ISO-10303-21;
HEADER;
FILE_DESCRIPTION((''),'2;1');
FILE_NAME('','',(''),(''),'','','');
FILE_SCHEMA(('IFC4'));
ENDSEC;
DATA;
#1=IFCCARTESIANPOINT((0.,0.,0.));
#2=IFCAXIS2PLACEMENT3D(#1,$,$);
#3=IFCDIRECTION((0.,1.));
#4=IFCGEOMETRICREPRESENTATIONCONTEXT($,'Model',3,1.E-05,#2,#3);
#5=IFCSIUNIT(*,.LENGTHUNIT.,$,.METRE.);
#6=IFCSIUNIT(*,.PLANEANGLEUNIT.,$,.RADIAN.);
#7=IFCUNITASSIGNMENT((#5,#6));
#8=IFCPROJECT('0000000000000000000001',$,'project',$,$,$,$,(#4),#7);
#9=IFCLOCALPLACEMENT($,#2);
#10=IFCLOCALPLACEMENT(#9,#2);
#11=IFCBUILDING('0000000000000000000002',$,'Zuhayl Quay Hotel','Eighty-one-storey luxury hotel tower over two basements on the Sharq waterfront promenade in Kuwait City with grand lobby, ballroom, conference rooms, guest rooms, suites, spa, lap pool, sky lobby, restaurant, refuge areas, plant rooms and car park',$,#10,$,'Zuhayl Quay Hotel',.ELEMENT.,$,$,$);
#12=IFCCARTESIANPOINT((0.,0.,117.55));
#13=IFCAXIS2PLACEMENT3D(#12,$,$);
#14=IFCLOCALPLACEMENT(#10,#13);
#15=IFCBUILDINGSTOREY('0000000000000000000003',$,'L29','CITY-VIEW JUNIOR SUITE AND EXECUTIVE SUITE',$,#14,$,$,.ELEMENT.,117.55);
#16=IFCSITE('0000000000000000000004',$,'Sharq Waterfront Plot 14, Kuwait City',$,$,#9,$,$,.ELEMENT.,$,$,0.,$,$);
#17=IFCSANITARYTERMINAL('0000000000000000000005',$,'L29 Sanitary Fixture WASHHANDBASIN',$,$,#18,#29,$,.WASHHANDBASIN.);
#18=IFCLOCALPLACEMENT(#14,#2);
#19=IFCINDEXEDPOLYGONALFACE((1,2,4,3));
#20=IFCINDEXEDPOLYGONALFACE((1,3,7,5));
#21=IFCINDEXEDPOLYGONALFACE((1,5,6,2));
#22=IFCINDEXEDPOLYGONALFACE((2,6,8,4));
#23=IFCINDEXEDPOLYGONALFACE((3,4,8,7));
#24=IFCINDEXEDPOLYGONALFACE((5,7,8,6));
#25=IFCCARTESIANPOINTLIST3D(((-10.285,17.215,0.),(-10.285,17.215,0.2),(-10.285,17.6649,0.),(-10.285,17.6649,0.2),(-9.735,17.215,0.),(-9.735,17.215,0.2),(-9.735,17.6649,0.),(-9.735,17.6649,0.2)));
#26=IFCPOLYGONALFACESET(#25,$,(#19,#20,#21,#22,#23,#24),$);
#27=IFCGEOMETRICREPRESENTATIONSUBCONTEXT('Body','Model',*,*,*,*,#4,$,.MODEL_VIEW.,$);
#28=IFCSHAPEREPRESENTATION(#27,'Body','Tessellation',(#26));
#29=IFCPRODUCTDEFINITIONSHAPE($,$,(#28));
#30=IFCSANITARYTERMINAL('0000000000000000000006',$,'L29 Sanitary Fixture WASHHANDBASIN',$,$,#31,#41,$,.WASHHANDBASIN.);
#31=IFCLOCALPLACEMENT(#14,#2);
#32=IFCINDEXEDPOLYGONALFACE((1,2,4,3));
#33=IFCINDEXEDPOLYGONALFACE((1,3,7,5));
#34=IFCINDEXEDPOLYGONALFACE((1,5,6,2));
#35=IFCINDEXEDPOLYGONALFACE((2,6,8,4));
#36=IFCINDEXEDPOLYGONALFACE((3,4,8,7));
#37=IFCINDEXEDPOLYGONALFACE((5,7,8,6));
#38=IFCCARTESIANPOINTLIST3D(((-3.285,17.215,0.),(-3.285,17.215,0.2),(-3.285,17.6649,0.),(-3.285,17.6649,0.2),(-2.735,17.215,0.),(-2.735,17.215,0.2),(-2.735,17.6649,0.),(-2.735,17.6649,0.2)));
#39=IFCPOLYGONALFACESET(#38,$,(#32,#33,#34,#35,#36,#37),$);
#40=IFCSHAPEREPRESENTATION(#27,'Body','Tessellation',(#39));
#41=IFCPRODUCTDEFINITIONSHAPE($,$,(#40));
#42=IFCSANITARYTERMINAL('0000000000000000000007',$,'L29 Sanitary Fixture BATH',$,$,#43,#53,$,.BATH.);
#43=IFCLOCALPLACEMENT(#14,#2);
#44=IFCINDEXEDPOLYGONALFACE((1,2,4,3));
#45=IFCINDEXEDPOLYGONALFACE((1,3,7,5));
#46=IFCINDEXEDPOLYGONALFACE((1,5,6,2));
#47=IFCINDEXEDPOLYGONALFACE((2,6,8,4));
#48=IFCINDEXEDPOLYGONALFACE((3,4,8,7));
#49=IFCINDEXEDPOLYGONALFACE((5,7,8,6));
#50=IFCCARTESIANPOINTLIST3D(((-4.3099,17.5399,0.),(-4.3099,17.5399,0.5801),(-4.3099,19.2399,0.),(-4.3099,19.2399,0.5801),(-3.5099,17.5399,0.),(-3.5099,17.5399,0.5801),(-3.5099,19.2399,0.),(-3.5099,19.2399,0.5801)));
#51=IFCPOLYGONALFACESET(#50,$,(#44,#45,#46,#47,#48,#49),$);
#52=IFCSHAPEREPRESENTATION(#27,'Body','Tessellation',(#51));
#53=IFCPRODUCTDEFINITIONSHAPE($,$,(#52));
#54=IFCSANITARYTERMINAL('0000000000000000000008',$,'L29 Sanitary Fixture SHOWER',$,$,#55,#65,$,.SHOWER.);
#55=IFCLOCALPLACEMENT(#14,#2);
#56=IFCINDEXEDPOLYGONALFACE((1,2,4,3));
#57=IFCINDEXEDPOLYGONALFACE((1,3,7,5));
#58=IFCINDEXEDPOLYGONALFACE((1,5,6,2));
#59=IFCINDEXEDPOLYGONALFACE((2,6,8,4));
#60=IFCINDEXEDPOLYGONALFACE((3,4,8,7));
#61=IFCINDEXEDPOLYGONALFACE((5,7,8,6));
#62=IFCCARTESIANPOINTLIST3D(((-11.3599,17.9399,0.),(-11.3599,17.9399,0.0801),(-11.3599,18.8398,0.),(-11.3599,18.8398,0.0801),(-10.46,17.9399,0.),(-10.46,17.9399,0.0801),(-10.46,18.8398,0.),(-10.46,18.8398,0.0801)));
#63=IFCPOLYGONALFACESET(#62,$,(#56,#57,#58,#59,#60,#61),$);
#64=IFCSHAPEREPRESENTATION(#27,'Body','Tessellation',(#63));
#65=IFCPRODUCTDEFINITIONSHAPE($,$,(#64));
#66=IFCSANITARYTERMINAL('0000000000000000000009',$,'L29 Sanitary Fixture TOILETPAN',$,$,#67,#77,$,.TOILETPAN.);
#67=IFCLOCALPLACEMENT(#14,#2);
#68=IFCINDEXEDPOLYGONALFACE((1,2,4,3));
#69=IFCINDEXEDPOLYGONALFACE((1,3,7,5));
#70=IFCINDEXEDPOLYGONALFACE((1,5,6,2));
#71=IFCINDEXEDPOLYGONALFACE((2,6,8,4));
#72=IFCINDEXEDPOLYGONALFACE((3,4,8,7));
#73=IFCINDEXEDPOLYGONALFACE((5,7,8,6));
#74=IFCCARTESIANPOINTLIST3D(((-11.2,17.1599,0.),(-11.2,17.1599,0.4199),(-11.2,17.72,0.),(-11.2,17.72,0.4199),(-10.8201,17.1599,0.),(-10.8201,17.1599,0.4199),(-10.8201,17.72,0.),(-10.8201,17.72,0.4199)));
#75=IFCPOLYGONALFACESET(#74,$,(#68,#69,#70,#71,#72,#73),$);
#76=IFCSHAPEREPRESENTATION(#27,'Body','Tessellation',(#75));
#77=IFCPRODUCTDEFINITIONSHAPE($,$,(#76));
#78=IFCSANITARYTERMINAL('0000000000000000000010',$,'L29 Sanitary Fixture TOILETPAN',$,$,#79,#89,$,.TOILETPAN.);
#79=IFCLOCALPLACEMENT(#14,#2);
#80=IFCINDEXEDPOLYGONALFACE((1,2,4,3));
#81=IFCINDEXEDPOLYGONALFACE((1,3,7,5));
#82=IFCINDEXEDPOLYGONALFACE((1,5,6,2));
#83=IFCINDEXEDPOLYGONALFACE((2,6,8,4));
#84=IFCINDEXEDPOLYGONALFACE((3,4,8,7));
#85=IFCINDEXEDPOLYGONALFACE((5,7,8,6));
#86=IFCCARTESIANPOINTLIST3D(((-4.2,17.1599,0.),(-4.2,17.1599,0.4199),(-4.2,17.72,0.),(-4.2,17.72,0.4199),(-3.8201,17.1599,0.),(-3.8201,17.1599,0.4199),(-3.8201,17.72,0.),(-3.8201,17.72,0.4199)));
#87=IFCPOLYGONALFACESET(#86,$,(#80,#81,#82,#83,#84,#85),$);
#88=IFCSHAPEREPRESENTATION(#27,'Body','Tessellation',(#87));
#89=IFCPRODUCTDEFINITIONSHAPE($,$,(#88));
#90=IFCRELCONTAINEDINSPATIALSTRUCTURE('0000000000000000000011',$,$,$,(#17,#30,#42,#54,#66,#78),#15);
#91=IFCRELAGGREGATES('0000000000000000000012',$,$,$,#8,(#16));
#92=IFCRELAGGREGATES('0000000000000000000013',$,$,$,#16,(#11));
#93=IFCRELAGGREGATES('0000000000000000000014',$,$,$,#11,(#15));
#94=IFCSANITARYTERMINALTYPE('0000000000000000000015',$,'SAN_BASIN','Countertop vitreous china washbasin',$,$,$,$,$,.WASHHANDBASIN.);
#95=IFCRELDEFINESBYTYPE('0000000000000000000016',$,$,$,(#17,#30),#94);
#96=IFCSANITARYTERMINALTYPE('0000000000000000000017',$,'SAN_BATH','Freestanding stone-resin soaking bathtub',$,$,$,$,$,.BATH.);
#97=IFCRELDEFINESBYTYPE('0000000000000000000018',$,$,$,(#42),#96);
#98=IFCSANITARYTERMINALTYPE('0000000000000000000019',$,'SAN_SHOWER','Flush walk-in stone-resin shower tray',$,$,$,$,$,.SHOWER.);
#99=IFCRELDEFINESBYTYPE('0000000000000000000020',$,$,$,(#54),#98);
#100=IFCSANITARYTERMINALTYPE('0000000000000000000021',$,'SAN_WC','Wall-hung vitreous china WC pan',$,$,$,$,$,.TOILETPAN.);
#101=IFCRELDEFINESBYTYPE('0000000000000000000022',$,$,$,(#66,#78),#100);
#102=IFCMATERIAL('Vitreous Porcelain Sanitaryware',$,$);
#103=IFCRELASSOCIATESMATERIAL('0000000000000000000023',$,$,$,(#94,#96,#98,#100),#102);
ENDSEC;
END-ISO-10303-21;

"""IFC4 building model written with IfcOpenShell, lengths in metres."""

from ifc_helpers import new_model, si_unit, direction, frame, origin, origin_2d, place, context, subcontext, project, spatial, rectangle, extrude, material, type_object, element, save


model = new_model("IFC4")

# Units and contexts
model_context = context("Model", 3, precision=1e-05, world=origin(), true_north=direction((0.0, 1.0)))
body_context = subcontext(model_context, "Body", "Model", "MODEL_VIEW")
ifc_project = project(units=[si_unit("LENGTHUNIT", "METRE"), si_unit("PLANEANGLEUNIT", "RADIAN")], contexts=[model_context])

# Site, building, storey
site_placement = place(None, origin())
site = spatial("IfcSite", under=ifc_project, at=site_placement, Name="Sharq Waterfront Plot 14, Kuwait City", CompositionType="ELEMENT", RefElevation=0.0)
building_placement = place(site_placement, origin())
building = spatial("IfcBuilding", under=site, at=building_placement, Name="Zuhayl Quay Hotel", Description="Eighty-one-storey luxury hotel tower over two basements on the Sharq waterfront promenade in Kuwait City with grand lobby, ballroom, conference rooms, guest rooms, suites, spa, lap pool, sky lobby, restaurant, refuge areas, plant rooms and car park", LongName="Zuhayl Quay Hotel", CompositionType="ELEMENT")
storey_placement = place(building_placement, frame((0.0, 0.0, 117.55)))
storey = spatial("IfcBuildingStorey", under=building, at=storey_placement, Name="L29", Description="CITY-VIEW JUNIOR SUITE AND EXECUTIVE SUITE", CompositionType="ELEMENT", Elevation=117.55)

# Sanitary terminals
ifc_material_1 = material(Name="Vitreous Porcelain Sanitaryware")
sanitary_terminal_type_1 = type_object("IfcSanitaryTerminalType", Name="SAN_BASIN", Description="Countertop vitreous china washbasin", PredefinedType="WASHHANDBASIN", material=ifc_material_1)
for number, where, z_axis, x_axis, name in (
    (1, (-10.01, 17.4399, 0.0), (0.0, 0.0, 1.0), (1.0, 0.0, 0.0), "L29 Sanitary Fixture WASHHANDBASIN"),
    (2, (-3.01, 17.4399, 0.0), (0.0, 0.0, 1.0), (1.0, 0.0, 0.0), "L29 Sanitary Fixture WASHHANDBASIN"),
):
    element("IfcSanitaryTerminal", number, at=place(storey_placement, frame(where, z_axis=z_axis, x_axis=x_axis)), inside=storey, type_object=sanitary_terminal_type_1, Name=name, PredefinedType="WASHHANDBASIN", context=body_context, shape_type="SweptSolid", body=[
        extrude(rectangle(XDim=0.55, YDim=0.45, at=origin_2d()), origin(), (0.0, 0.0, 1.0), 0.2),
    ])
sanitary_terminal_type_2 = type_object("IfcSanitaryTerminalType", Name="SAN_BATH", Description="Freestanding stone-resin soaking bathtub", PredefinedType="BATH", material=ifc_material_1)
sanitary_terminal_1_placement = place(storey_placement, frame((-3.9099, 18.3899, 0.0), z_axis=(0.0, 0.0, 1.0), x_axis=(1.0, 0.0, 0.0)))
element("IfcSanitaryTerminal", 3, at=sanitary_terminal_1_placement, inside=storey, type_object=sanitary_terminal_type_2, Name="L29 Sanitary Fixture BATH", PredefinedType="BATH", context=body_context, shape_type="SweptSolid", body=[
    extrude(rectangle(XDim=0.8, YDim=1.7, at=origin_2d()), origin(), (0.0, 0.0, 1.0), 0.5801),
])
sanitary_terminal_type_3 = type_object("IfcSanitaryTerminalType", Name="SAN_SHOWER", Description="Flush walk-in stone-resin shower tray", PredefinedType="SHOWER", material=ifc_material_1)
sanitary_terminal_2_placement = place(storey_placement, frame((-10.9099, 18.3899, 0.0), z_axis=(0.0, 0.0, 1.0), x_axis=(1.0, 0.0, 0.0)))
element("IfcSanitaryTerminal", 4, at=sanitary_terminal_2_placement, inside=storey, type_object=sanitary_terminal_type_3, Name="L29 Sanitary Fixture SHOWER", PredefinedType="SHOWER", context=body_context, shape_type="SweptSolid", body=[
    extrude(rectangle(XDim=0.8999, YDim=0.8999, at=origin_2d()), origin(), (0.0, 0.0, 1.0), 0.0801),
])
sanitary_terminal_type_4 = type_object("IfcSanitaryTerminalType", Name="SAN_WC", Description="Wall-hung vitreous china WC pan", PredefinedType="TOILETPAN", material=ifc_material_1)
for number, where, z_axis, x_axis, name in (
    (5, (-11.01, 17.4399, 0.0), (0.0, 0.0, 1.0), (1.0, 0.0, 0.0), "L29 Sanitary Fixture TOILETPAN"),
    (6, (-4.01, 17.4399, 0.0), (0.0, 0.0, 1.0), (1.0, 0.0, 0.0), "L29 Sanitary Fixture TOILETPAN"),
):
    element("IfcSanitaryTerminal", number, at=place(storey_placement, frame(where, z_axis=z_axis, x_axis=x_axis)), inside=storey, type_object=sanitary_terminal_type_4, Name=name, PredefinedType="TOILETPAN", context=body_context, shape_type="SweptSolid", body=[
        extrude(rectangle(XDim=0.3799, YDim=0.5601, at=origin_2d()), origin(), (0.0, 0.0, 1.0), 0.4199),
    ])

save(model, "model.ifc")
